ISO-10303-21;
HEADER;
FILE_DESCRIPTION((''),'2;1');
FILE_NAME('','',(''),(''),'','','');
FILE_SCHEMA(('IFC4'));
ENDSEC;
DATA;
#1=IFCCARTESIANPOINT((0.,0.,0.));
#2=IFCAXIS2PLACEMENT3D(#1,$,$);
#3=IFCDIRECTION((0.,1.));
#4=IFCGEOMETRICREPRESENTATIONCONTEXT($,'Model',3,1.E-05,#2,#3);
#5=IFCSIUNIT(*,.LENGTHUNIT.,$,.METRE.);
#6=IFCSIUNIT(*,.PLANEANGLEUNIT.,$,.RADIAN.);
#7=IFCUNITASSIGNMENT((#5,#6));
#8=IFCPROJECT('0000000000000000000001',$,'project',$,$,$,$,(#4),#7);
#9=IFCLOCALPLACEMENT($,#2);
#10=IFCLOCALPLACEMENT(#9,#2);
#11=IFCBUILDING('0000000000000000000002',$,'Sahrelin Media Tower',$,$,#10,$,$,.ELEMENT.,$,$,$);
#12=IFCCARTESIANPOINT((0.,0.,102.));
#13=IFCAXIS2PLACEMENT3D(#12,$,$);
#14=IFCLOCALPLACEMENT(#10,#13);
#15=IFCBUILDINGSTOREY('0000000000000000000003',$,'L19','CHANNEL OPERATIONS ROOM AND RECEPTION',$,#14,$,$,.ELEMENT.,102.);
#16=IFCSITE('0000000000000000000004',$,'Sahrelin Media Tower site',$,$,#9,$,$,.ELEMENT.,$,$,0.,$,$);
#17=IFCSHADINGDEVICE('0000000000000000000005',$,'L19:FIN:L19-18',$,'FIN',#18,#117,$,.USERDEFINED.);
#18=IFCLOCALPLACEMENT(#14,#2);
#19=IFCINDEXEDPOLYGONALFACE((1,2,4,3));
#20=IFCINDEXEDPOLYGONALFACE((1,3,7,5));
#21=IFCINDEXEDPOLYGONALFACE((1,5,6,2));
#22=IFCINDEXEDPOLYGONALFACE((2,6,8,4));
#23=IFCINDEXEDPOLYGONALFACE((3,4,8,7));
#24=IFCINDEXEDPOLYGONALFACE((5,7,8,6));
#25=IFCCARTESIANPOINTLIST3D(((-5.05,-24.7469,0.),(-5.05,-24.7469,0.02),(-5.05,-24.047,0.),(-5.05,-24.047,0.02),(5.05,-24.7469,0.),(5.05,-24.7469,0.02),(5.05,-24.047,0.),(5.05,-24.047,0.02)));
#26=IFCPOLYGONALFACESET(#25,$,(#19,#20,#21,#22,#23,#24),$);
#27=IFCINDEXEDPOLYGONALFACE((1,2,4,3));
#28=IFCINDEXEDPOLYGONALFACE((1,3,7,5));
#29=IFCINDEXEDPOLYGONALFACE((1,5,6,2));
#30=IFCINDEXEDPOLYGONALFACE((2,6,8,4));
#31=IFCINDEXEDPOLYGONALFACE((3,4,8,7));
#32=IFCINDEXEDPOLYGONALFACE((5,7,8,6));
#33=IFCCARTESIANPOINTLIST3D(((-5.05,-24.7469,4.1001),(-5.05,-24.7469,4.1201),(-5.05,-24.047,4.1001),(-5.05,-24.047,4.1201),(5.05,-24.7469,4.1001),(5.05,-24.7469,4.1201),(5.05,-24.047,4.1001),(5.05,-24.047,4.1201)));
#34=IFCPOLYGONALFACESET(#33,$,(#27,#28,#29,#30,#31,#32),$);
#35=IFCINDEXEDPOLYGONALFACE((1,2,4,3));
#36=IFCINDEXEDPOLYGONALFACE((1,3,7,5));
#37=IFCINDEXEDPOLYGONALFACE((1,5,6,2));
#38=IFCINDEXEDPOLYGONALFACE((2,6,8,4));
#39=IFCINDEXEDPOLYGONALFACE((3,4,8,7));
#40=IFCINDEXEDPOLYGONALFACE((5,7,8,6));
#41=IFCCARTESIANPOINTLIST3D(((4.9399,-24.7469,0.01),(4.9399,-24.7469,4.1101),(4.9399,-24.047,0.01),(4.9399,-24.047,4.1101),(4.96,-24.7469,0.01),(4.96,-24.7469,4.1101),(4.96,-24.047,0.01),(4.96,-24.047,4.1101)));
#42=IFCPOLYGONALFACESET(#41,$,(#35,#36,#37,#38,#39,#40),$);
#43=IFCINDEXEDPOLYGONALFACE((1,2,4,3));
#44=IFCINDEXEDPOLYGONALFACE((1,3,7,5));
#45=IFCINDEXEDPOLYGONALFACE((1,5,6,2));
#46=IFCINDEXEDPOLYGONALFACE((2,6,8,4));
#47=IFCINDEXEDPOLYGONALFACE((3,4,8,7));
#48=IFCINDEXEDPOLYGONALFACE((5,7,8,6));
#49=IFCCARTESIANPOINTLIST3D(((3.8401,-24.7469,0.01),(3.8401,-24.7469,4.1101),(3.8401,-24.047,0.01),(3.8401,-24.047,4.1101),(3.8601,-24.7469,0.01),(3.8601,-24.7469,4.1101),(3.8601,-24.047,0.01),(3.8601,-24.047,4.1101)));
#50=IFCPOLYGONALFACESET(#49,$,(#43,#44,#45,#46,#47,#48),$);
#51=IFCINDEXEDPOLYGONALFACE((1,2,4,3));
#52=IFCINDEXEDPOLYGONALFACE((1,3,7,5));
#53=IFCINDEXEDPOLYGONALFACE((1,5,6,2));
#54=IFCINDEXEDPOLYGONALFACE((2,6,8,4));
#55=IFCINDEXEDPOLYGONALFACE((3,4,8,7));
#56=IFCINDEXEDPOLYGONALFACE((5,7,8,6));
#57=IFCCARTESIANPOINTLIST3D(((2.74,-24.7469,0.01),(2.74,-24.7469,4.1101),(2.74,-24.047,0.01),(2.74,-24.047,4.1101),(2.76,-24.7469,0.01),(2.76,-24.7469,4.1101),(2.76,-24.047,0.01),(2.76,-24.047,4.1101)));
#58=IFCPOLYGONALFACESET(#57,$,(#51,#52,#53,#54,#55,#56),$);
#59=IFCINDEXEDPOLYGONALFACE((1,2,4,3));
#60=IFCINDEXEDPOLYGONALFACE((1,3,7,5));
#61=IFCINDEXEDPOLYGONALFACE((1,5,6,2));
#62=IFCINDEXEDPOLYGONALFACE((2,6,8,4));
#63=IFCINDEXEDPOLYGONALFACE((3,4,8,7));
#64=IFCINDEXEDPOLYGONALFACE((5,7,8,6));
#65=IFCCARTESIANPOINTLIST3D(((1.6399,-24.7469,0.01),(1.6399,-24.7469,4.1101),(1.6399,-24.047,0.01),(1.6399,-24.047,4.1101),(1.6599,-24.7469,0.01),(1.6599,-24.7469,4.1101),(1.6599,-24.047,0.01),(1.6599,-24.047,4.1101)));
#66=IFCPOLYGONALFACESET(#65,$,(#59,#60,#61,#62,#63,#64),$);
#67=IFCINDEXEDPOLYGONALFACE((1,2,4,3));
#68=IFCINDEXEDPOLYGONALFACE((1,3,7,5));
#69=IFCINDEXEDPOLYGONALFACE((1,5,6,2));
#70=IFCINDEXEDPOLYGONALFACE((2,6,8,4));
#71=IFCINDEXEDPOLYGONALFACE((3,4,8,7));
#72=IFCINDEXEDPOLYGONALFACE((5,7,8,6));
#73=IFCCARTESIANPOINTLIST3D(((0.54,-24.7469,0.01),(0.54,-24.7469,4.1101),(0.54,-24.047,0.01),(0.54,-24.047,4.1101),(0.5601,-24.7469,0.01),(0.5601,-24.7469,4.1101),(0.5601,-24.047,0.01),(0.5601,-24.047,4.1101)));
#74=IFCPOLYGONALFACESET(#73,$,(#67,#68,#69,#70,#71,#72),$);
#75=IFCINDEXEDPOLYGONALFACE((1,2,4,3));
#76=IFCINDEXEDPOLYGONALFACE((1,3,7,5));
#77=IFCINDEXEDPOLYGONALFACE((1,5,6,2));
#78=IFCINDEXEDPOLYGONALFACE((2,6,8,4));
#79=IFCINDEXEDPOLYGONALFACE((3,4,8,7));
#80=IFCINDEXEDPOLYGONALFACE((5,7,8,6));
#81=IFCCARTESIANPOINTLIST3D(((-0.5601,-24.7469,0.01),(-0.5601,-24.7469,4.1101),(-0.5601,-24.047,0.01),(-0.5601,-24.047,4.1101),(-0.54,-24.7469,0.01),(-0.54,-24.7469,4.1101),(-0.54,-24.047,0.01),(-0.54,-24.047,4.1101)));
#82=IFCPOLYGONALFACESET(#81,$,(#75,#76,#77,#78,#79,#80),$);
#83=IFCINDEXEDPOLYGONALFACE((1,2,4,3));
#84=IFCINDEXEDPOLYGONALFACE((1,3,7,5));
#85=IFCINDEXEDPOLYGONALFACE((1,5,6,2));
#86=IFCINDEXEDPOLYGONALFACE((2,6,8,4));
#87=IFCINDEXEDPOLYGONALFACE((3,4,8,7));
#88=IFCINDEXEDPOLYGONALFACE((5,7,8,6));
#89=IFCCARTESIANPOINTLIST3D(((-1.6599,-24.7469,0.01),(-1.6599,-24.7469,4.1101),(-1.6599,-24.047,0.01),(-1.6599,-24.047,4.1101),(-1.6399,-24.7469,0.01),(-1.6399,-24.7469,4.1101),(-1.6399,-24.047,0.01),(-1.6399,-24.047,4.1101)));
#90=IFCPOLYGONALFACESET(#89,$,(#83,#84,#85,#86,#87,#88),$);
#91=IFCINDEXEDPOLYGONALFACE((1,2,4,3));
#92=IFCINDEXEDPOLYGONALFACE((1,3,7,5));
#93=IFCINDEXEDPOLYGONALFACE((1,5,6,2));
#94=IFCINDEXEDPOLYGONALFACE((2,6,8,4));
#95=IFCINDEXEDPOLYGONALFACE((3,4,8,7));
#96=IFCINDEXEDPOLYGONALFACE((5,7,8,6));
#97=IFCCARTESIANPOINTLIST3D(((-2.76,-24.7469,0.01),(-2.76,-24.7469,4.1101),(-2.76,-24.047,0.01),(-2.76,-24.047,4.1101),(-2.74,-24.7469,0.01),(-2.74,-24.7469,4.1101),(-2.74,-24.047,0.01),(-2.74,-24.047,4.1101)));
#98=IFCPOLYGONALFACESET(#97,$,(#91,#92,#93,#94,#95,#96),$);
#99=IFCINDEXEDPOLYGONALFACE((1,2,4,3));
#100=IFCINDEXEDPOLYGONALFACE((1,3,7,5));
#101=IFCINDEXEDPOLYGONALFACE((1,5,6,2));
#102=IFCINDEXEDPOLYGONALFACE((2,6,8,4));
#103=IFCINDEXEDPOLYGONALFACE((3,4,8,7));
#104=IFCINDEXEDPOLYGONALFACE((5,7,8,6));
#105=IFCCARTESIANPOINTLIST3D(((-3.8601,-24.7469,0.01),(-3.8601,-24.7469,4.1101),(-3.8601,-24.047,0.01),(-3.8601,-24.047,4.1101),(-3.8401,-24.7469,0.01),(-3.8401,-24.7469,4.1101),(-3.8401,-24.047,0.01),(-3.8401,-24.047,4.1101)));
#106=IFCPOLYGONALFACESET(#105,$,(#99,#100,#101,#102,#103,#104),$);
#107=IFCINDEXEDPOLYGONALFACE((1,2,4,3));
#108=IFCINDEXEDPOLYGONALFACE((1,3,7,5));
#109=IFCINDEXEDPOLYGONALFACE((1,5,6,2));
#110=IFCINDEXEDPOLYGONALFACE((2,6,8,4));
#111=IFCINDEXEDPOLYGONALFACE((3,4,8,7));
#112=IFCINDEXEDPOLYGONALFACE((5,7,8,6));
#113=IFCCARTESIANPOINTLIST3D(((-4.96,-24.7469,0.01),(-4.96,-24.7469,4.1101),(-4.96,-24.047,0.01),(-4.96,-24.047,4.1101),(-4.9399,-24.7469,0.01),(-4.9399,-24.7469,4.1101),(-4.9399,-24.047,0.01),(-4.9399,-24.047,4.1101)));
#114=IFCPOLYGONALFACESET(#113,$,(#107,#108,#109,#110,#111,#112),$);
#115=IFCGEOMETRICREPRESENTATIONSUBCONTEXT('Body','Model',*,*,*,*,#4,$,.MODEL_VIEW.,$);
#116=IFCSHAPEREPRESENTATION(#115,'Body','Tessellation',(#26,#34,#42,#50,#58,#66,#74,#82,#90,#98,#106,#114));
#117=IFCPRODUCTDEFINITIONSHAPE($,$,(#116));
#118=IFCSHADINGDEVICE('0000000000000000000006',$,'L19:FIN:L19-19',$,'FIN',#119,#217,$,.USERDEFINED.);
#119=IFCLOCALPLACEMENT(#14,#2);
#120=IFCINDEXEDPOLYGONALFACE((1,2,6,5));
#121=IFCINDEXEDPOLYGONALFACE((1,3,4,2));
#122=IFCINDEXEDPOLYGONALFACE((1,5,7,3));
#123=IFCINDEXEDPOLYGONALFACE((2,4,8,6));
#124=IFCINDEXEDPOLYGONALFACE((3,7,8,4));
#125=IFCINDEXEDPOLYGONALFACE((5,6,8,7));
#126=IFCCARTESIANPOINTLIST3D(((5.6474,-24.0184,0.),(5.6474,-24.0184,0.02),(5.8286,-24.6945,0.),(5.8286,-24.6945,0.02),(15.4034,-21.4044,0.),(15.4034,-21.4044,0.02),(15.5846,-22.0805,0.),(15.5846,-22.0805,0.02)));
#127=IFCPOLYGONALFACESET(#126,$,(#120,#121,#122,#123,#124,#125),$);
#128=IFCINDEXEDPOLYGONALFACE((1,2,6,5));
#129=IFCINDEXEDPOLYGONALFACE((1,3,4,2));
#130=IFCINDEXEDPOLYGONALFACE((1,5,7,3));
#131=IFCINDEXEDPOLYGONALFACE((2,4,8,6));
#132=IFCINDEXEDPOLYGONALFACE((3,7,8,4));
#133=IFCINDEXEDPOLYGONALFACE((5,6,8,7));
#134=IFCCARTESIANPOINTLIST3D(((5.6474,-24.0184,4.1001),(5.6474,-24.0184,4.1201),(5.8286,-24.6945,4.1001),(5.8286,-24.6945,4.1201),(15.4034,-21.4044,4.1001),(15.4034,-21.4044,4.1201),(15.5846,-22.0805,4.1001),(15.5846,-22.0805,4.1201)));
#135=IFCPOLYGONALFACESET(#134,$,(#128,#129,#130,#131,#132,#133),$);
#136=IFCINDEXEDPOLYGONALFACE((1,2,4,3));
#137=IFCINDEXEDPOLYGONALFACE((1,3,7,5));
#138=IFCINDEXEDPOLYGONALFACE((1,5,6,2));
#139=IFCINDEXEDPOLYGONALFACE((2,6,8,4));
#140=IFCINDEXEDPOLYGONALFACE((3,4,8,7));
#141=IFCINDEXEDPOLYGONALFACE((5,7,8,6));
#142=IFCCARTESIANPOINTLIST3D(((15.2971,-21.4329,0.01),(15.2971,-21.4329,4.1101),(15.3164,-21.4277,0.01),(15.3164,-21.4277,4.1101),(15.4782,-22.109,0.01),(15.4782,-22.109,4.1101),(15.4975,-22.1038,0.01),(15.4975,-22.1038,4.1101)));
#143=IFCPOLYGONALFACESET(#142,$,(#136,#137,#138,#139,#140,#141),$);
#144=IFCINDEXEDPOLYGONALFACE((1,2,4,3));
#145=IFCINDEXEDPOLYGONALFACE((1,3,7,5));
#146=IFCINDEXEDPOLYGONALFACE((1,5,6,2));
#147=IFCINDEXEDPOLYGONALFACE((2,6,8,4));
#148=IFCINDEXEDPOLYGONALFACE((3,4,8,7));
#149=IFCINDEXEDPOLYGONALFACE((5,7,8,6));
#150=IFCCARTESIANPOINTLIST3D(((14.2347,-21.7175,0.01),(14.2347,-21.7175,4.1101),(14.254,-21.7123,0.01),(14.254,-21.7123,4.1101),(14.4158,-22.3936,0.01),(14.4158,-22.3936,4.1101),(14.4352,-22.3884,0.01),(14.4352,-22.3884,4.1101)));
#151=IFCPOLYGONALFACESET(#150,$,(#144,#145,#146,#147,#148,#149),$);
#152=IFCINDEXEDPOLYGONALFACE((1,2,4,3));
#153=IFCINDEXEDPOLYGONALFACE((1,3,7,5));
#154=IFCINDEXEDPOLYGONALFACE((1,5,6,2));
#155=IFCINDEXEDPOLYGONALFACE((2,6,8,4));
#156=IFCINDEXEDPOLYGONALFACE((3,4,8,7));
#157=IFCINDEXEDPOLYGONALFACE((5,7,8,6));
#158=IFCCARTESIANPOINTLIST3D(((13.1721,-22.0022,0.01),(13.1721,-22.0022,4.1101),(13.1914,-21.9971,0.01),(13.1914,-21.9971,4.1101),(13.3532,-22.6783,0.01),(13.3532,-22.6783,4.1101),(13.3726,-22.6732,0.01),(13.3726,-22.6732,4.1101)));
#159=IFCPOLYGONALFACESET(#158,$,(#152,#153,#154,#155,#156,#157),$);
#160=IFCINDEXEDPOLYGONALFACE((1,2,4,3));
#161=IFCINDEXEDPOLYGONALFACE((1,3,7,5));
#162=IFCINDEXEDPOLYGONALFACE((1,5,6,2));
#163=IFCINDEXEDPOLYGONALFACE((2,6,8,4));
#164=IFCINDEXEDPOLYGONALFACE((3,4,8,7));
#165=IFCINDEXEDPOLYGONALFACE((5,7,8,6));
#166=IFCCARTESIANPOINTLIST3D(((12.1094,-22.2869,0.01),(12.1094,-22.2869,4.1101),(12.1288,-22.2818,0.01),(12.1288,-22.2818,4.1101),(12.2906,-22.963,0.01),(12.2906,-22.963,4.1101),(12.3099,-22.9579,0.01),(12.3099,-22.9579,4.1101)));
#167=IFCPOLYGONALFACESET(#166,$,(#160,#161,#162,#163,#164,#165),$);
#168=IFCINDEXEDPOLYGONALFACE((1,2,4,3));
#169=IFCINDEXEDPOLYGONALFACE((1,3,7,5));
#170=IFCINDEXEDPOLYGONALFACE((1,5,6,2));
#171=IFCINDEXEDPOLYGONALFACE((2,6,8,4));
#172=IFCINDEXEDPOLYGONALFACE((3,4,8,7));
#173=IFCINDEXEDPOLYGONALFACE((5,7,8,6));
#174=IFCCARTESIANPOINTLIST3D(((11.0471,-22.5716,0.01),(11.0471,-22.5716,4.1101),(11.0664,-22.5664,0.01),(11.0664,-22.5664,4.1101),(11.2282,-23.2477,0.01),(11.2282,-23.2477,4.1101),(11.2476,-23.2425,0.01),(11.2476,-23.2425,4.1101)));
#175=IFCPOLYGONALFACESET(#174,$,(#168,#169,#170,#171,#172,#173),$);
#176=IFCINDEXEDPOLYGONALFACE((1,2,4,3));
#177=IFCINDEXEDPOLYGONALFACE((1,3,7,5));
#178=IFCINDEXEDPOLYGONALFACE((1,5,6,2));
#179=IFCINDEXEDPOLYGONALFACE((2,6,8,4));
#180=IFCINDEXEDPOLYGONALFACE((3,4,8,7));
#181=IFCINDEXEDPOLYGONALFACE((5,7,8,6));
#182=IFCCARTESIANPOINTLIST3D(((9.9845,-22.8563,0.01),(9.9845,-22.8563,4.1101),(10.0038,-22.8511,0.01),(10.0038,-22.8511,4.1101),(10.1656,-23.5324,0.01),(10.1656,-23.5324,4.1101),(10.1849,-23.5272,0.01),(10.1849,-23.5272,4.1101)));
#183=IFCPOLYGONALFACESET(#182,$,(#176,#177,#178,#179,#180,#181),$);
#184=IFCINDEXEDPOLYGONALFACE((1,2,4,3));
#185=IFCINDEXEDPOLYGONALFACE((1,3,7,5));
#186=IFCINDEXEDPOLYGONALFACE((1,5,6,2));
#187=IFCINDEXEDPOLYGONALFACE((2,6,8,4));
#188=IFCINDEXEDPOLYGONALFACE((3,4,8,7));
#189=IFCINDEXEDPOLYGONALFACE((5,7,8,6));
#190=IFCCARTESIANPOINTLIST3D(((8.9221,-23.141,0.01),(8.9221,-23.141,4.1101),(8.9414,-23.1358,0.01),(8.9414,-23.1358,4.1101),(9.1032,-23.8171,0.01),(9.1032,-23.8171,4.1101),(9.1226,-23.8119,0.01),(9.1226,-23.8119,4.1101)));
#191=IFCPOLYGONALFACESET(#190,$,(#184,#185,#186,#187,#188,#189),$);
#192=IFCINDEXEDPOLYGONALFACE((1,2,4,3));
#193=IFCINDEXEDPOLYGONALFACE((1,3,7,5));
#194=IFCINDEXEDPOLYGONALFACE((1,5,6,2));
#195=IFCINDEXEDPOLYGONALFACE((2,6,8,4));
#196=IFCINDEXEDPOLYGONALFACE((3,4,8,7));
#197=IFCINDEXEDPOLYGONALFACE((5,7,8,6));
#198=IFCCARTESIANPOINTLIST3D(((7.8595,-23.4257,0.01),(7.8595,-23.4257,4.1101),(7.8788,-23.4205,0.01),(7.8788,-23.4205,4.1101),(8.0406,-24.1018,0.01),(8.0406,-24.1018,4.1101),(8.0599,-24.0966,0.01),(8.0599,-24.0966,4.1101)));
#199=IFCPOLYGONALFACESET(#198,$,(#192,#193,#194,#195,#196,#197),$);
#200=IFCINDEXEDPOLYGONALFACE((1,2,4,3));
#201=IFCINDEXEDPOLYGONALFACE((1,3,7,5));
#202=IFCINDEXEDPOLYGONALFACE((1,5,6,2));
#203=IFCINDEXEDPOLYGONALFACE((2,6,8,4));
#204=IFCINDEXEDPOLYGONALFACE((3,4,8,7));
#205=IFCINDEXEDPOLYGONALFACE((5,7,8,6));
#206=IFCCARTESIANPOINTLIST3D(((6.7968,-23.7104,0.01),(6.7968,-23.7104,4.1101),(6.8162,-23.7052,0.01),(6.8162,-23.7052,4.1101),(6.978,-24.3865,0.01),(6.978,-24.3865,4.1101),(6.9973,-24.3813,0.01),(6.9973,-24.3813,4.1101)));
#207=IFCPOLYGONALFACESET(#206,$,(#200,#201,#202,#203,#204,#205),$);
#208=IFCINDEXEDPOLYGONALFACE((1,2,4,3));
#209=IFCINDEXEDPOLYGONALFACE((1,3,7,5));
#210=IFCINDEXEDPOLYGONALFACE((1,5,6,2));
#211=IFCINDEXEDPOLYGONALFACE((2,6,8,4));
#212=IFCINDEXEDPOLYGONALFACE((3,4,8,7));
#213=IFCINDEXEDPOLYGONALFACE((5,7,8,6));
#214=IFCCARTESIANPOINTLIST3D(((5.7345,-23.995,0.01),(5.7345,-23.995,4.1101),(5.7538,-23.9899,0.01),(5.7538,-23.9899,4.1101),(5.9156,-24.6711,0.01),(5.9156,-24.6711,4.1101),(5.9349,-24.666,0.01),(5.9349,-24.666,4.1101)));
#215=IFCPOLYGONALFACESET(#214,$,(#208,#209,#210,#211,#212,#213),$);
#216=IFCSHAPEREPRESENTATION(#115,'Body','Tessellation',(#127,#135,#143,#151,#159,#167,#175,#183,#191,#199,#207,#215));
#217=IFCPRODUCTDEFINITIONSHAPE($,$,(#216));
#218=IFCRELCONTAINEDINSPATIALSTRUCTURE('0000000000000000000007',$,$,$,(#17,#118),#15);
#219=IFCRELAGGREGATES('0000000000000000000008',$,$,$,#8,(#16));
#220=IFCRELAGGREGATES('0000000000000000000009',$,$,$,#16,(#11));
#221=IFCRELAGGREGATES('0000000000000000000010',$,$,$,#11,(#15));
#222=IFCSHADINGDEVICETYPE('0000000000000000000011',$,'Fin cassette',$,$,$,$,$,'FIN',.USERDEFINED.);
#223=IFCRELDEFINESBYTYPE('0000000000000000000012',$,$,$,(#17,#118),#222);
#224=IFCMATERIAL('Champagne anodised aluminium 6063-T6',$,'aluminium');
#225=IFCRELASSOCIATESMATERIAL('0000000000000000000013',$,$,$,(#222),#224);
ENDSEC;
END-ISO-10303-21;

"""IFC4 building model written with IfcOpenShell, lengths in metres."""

from ifc_helpers import new_model, si_unit, direction, frame, origin, origin_2d, place, context, subcontext, project, spatial, rectangle, extrude, material, type_object, element, save


model = new_model("IFC4")

# Units and contexts
model_context = context("Model", 3, precision=1e-05, world=origin(), true_north=direction((0.0, 1.0)))
body_context = subcontext(model_context, "Body", "Model", "MODEL_VIEW")
ifc_project = project(units=[si_unit("LENGTHUNIT", "METRE"), si_unit("PLANEANGLEUNIT", "RADIAN")], contexts=[model_context])

# Site, building, storey
site_placement = place(None, origin())
site = spatial("IfcSite", under=ifc_project, at=site_placement, Name="Sahrelin Media Tower site", CompositionType="ELEMENT", RefElevation=0.0)
building_placement = place(site_placement, origin())
building = spatial("IfcBuilding", under=site, at=building_placement, Name="Sahrelin Media Tower", CompositionType="ELEMENT")
storey_placement = place(building_placement, frame((0.0, 0.0, 102.0)))
storey = spatial("IfcBuildingStorey", under=building, at=storey_placement, Name="L19", Description="CHANNEL OPERATIONS ROOM AND RECEPTION", CompositionType="ELEMENT", Elevation=102.0)

# Shared definitions
ifc_material_1 = material(Name="Champagne anodised aluminium 6063-T6", Category="aluminium")

# Shading devices
shading_device_type_1 = type_object("IfcShadingDeviceType", Name="Fin cassette", ElementType="FIN", PredefinedType="USERDEFINED", material=ifc_material_1)
shading_device_1_placement = place(storey_placement, frame((0.0, -23.9771, 0.0), z_axis=(0.0, 0.0, 1.0), x_axis=(-1.0, 0.0, 0.0)))
element("IfcShadingDevice", 1, at=shading_device_1_placement, inside=storey, type_object=shading_device_type_1, Name="L19:FIN:L19-18", ObjectType="FIN", PredefinedType="USERDEFINED", context=body_context, shape_type="SweptSolid", body=[
    extrude(rectangle(XDim=10.1001, YDim=0.7, at=origin_2d()), frame((0.0, 0.4199, 0.0)), (0.0, 0.0, 1.0), 0.02),
    extrude(rectangle(XDim=10.1001, YDim=0.7, at=origin_2d()), frame((0.0, 0.4199, 4.1001)), (0.0, 0.0, 1.0), 0.02),
    extrude(rectangle(XDim=0.02, YDim=0.7, at=origin_2d()), frame((-4.95, 0.4199, 0.01), z_axis=(0.0, 0.0, 1.0), x_axis=(1.0, 0.0, 0.0)), (0.0, 0.0, 1.0), 4.1001),
    extrude(rectangle(XDim=0.02, YDim=0.7, at=origin_2d()), frame((-3.8501, 0.4199, 0.01), z_axis=(0.0, 0.0, 1.0), x_axis=(1.0, 0.0, 0.0)), (0.0, 0.0, 1.0), 4.1001),
    extrude(rectangle(XDim=0.02, YDim=0.7, at=origin_2d()), frame((-2.75, 0.4199, 0.01), z_axis=(0.0, 0.0, 1.0), x_axis=(1.0, 0.0, 0.0)), (0.0, 0.0, 1.0), 4.1001),
    extrude(rectangle(XDim=0.02, YDim=0.7, at=origin_2d()), frame((-1.6499, 0.4199, 0.01), z_axis=(0.0, 0.0, 1.0), x_axis=(1.0, 0.0, 0.0)), (0.0, 0.0, 1.0), 4.1001),
    extrude(rectangle(XDim=0.02, YDim=0.7, at=origin_2d()), frame((-0.55, 0.4199, 0.01), z_axis=(0.0, 0.0, 1.0), x_axis=(1.0, 0.0, 0.0)), (0.0, 0.0, 1.0), 4.1001),
    extrude(rectangle(XDim=0.02, YDim=0.7, at=origin_2d()), frame((0.55, 0.4199, 0.01), z_axis=(0.0, 0.0, 1.0), x_axis=(1.0, 0.0, 0.0)), (0.0, 0.0, 1.0), 4.1001),
    extrude(rectangle(XDim=0.02, YDim=0.7, at=origin_2d()), frame((1.6499, 0.4199, 0.01), z_axis=(0.0, 0.0, 1.0), x_axis=(1.0, 0.0, 0.0)), (0.0, 0.0, 1.0), 4.1001),
    extrude(rectangle(XDim=0.02, YDim=0.7, at=origin_2d()), frame((2.75, 0.4199, 0.01), z_axis=(0.0, 0.0, 1.0), x_axis=(1.0, 0.0, 0.0)), (0.0, 0.0, 1.0), 4.1001),
    extrude(rectangle(XDim=0.02, YDim=0.7, at=origin_2d()), frame((3.8501, 0.4199, 0.01), z_axis=(0.0, 0.0, 1.0), x_axis=(1.0, 0.0, 0.0)), (0.0, 0.0, 1.0), 4.1001),
    extrude(rectangle(XDim=0.02, YDim=0.7, at=origin_2d()), frame((4.95, 0.4199, 0.01), z_axis=(0.0, 0.0, 1.0), x_axis=(1.0, 0.0, 0.0)), (0.0, 0.0, 1.0), 4.1001),
])
placement = place(storey_placement, frame((10.5073, -22.6438, 0.0), z_axis=(0.0, 0.0, 1.0), x_axis=(-0.965929, -0.258808, 0.0)))
element("IfcShadingDevice", 2, at=placement, inside=storey, type_object=shading_device_type_1, Name="L19:FIN:L19-19", ObjectType="FIN", PredefinedType="USERDEFINED", context=body_context, shape_type="SweptSolid", body=[
    extrude(rectangle(XDim=10.1001, YDim=0.7, at=origin_2d()), frame((0.0, 0.4199, 0.0)), (0.0, 0.0, 1.0), 0.02),
    extrude(rectangle(XDim=10.1001, YDim=0.7, at=origin_2d()), frame((0.0, 0.4199, 4.1001)), (0.0, 0.0, 1.0), 0.02),
    extrude(rectangle(XDim=0.02, YDim=0.7, at=origin_2d()), frame((-4.95, 0.4199, 0.01), z_axis=(0.0, 0.0, 1.0), x_axis=(1.0, 0.0, 0.0)), (0.0, 0.0, 1.0), 4.1001),
    extrude(rectangle(XDim=0.02, YDim=0.7, at=origin_2d()), frame((-3.8501, 0.4199, 0.01), z_axis=(0.0, 0.0, 1.0), x_axis=(1.0, 0.0, 0.0)), (0.0, 0.0, 1.0), 4.1001),
    extrude(rectangle(XDim=0.02, YDim=0.7, at=origin_2d()), frame((-2.75, 0.4199, 0.01), z_axis=(0.0, 0.0, 1.0), x_axis=(1.0, 0.0, 0.0)), (0.0, 0.0, 1.0), 4.1001),
    extrude(rectangle(XDim=0.02, YDim=0.7, at=origin_2d()), frame((-1.6499, 0.4199, 0.01), z_axis=(0.0, 0.0, 1.0), x_axis=(1.0, 0.0, 0.0)), (0.0, 0.0, 1.0), 4.1001),
    extrude(rectangle(XDim=0.02, YDim=0.7, at=origin_2d()), frame((-0.55, 0.4199, 0.01), z_axis=(0.0, 0.0, 1.0), x_axis=(1.0, 0.0, 0.0)), (0.0, 0.0, 1.0), 4.1001),
    extrude(rectangle(XDim=0.02, YDim=0.7, at=origin_2d()), frame((0.55, 0.4199, 0.01), z_axis=(0.0, 0.0, 1.0), x_axis=(1.0, 0.0, 0.0)), (0.0, 0.0, 1.0), 4.1001),
    extrude(rectangle(XDim=0.02, YDim=0.7, at=origin_2d()), frame((1.6499, 0.4199, 0.01), z_axis=(0.0, 0.0, 1.0), x_axis=(1.0, 0.0, 0.0)), (0.0, 0.0, 1.0), 4.1001),
    extrude(rectangle(XDim=0.02, YDim=0.7, at=origin_2d()), frame((2.75, 0.4199, 0.01), z_axis=(0.0, 0.0, 1.0), x_axis=(1.0, 0.0, 0.0)), (0.0, 0.0, 1.0), 4.1001),
    extrude(rectangle(XDim=0.02, YDim=0.7, at=origin_2d()), frame((3.8501, 0.4199, 0.01), z_axis=(0.0, 0.0, 1.0), x_axis=(1.0, 0.0, 0.0)), (0.0, 0.0, 1.0), 4.1001),
    extrude(rectangle(XDim=0.02, YDim=0.7, at=origin_2d()), frame((4.95, 0.4199, 0.01), z_axis=(0.0, 0.0, 1.0), x_axis=(1.0, 0.0, 0.0)), (0.0, 0.0, 1.0), 4.1001),
])

save(model, "model.ifc")
